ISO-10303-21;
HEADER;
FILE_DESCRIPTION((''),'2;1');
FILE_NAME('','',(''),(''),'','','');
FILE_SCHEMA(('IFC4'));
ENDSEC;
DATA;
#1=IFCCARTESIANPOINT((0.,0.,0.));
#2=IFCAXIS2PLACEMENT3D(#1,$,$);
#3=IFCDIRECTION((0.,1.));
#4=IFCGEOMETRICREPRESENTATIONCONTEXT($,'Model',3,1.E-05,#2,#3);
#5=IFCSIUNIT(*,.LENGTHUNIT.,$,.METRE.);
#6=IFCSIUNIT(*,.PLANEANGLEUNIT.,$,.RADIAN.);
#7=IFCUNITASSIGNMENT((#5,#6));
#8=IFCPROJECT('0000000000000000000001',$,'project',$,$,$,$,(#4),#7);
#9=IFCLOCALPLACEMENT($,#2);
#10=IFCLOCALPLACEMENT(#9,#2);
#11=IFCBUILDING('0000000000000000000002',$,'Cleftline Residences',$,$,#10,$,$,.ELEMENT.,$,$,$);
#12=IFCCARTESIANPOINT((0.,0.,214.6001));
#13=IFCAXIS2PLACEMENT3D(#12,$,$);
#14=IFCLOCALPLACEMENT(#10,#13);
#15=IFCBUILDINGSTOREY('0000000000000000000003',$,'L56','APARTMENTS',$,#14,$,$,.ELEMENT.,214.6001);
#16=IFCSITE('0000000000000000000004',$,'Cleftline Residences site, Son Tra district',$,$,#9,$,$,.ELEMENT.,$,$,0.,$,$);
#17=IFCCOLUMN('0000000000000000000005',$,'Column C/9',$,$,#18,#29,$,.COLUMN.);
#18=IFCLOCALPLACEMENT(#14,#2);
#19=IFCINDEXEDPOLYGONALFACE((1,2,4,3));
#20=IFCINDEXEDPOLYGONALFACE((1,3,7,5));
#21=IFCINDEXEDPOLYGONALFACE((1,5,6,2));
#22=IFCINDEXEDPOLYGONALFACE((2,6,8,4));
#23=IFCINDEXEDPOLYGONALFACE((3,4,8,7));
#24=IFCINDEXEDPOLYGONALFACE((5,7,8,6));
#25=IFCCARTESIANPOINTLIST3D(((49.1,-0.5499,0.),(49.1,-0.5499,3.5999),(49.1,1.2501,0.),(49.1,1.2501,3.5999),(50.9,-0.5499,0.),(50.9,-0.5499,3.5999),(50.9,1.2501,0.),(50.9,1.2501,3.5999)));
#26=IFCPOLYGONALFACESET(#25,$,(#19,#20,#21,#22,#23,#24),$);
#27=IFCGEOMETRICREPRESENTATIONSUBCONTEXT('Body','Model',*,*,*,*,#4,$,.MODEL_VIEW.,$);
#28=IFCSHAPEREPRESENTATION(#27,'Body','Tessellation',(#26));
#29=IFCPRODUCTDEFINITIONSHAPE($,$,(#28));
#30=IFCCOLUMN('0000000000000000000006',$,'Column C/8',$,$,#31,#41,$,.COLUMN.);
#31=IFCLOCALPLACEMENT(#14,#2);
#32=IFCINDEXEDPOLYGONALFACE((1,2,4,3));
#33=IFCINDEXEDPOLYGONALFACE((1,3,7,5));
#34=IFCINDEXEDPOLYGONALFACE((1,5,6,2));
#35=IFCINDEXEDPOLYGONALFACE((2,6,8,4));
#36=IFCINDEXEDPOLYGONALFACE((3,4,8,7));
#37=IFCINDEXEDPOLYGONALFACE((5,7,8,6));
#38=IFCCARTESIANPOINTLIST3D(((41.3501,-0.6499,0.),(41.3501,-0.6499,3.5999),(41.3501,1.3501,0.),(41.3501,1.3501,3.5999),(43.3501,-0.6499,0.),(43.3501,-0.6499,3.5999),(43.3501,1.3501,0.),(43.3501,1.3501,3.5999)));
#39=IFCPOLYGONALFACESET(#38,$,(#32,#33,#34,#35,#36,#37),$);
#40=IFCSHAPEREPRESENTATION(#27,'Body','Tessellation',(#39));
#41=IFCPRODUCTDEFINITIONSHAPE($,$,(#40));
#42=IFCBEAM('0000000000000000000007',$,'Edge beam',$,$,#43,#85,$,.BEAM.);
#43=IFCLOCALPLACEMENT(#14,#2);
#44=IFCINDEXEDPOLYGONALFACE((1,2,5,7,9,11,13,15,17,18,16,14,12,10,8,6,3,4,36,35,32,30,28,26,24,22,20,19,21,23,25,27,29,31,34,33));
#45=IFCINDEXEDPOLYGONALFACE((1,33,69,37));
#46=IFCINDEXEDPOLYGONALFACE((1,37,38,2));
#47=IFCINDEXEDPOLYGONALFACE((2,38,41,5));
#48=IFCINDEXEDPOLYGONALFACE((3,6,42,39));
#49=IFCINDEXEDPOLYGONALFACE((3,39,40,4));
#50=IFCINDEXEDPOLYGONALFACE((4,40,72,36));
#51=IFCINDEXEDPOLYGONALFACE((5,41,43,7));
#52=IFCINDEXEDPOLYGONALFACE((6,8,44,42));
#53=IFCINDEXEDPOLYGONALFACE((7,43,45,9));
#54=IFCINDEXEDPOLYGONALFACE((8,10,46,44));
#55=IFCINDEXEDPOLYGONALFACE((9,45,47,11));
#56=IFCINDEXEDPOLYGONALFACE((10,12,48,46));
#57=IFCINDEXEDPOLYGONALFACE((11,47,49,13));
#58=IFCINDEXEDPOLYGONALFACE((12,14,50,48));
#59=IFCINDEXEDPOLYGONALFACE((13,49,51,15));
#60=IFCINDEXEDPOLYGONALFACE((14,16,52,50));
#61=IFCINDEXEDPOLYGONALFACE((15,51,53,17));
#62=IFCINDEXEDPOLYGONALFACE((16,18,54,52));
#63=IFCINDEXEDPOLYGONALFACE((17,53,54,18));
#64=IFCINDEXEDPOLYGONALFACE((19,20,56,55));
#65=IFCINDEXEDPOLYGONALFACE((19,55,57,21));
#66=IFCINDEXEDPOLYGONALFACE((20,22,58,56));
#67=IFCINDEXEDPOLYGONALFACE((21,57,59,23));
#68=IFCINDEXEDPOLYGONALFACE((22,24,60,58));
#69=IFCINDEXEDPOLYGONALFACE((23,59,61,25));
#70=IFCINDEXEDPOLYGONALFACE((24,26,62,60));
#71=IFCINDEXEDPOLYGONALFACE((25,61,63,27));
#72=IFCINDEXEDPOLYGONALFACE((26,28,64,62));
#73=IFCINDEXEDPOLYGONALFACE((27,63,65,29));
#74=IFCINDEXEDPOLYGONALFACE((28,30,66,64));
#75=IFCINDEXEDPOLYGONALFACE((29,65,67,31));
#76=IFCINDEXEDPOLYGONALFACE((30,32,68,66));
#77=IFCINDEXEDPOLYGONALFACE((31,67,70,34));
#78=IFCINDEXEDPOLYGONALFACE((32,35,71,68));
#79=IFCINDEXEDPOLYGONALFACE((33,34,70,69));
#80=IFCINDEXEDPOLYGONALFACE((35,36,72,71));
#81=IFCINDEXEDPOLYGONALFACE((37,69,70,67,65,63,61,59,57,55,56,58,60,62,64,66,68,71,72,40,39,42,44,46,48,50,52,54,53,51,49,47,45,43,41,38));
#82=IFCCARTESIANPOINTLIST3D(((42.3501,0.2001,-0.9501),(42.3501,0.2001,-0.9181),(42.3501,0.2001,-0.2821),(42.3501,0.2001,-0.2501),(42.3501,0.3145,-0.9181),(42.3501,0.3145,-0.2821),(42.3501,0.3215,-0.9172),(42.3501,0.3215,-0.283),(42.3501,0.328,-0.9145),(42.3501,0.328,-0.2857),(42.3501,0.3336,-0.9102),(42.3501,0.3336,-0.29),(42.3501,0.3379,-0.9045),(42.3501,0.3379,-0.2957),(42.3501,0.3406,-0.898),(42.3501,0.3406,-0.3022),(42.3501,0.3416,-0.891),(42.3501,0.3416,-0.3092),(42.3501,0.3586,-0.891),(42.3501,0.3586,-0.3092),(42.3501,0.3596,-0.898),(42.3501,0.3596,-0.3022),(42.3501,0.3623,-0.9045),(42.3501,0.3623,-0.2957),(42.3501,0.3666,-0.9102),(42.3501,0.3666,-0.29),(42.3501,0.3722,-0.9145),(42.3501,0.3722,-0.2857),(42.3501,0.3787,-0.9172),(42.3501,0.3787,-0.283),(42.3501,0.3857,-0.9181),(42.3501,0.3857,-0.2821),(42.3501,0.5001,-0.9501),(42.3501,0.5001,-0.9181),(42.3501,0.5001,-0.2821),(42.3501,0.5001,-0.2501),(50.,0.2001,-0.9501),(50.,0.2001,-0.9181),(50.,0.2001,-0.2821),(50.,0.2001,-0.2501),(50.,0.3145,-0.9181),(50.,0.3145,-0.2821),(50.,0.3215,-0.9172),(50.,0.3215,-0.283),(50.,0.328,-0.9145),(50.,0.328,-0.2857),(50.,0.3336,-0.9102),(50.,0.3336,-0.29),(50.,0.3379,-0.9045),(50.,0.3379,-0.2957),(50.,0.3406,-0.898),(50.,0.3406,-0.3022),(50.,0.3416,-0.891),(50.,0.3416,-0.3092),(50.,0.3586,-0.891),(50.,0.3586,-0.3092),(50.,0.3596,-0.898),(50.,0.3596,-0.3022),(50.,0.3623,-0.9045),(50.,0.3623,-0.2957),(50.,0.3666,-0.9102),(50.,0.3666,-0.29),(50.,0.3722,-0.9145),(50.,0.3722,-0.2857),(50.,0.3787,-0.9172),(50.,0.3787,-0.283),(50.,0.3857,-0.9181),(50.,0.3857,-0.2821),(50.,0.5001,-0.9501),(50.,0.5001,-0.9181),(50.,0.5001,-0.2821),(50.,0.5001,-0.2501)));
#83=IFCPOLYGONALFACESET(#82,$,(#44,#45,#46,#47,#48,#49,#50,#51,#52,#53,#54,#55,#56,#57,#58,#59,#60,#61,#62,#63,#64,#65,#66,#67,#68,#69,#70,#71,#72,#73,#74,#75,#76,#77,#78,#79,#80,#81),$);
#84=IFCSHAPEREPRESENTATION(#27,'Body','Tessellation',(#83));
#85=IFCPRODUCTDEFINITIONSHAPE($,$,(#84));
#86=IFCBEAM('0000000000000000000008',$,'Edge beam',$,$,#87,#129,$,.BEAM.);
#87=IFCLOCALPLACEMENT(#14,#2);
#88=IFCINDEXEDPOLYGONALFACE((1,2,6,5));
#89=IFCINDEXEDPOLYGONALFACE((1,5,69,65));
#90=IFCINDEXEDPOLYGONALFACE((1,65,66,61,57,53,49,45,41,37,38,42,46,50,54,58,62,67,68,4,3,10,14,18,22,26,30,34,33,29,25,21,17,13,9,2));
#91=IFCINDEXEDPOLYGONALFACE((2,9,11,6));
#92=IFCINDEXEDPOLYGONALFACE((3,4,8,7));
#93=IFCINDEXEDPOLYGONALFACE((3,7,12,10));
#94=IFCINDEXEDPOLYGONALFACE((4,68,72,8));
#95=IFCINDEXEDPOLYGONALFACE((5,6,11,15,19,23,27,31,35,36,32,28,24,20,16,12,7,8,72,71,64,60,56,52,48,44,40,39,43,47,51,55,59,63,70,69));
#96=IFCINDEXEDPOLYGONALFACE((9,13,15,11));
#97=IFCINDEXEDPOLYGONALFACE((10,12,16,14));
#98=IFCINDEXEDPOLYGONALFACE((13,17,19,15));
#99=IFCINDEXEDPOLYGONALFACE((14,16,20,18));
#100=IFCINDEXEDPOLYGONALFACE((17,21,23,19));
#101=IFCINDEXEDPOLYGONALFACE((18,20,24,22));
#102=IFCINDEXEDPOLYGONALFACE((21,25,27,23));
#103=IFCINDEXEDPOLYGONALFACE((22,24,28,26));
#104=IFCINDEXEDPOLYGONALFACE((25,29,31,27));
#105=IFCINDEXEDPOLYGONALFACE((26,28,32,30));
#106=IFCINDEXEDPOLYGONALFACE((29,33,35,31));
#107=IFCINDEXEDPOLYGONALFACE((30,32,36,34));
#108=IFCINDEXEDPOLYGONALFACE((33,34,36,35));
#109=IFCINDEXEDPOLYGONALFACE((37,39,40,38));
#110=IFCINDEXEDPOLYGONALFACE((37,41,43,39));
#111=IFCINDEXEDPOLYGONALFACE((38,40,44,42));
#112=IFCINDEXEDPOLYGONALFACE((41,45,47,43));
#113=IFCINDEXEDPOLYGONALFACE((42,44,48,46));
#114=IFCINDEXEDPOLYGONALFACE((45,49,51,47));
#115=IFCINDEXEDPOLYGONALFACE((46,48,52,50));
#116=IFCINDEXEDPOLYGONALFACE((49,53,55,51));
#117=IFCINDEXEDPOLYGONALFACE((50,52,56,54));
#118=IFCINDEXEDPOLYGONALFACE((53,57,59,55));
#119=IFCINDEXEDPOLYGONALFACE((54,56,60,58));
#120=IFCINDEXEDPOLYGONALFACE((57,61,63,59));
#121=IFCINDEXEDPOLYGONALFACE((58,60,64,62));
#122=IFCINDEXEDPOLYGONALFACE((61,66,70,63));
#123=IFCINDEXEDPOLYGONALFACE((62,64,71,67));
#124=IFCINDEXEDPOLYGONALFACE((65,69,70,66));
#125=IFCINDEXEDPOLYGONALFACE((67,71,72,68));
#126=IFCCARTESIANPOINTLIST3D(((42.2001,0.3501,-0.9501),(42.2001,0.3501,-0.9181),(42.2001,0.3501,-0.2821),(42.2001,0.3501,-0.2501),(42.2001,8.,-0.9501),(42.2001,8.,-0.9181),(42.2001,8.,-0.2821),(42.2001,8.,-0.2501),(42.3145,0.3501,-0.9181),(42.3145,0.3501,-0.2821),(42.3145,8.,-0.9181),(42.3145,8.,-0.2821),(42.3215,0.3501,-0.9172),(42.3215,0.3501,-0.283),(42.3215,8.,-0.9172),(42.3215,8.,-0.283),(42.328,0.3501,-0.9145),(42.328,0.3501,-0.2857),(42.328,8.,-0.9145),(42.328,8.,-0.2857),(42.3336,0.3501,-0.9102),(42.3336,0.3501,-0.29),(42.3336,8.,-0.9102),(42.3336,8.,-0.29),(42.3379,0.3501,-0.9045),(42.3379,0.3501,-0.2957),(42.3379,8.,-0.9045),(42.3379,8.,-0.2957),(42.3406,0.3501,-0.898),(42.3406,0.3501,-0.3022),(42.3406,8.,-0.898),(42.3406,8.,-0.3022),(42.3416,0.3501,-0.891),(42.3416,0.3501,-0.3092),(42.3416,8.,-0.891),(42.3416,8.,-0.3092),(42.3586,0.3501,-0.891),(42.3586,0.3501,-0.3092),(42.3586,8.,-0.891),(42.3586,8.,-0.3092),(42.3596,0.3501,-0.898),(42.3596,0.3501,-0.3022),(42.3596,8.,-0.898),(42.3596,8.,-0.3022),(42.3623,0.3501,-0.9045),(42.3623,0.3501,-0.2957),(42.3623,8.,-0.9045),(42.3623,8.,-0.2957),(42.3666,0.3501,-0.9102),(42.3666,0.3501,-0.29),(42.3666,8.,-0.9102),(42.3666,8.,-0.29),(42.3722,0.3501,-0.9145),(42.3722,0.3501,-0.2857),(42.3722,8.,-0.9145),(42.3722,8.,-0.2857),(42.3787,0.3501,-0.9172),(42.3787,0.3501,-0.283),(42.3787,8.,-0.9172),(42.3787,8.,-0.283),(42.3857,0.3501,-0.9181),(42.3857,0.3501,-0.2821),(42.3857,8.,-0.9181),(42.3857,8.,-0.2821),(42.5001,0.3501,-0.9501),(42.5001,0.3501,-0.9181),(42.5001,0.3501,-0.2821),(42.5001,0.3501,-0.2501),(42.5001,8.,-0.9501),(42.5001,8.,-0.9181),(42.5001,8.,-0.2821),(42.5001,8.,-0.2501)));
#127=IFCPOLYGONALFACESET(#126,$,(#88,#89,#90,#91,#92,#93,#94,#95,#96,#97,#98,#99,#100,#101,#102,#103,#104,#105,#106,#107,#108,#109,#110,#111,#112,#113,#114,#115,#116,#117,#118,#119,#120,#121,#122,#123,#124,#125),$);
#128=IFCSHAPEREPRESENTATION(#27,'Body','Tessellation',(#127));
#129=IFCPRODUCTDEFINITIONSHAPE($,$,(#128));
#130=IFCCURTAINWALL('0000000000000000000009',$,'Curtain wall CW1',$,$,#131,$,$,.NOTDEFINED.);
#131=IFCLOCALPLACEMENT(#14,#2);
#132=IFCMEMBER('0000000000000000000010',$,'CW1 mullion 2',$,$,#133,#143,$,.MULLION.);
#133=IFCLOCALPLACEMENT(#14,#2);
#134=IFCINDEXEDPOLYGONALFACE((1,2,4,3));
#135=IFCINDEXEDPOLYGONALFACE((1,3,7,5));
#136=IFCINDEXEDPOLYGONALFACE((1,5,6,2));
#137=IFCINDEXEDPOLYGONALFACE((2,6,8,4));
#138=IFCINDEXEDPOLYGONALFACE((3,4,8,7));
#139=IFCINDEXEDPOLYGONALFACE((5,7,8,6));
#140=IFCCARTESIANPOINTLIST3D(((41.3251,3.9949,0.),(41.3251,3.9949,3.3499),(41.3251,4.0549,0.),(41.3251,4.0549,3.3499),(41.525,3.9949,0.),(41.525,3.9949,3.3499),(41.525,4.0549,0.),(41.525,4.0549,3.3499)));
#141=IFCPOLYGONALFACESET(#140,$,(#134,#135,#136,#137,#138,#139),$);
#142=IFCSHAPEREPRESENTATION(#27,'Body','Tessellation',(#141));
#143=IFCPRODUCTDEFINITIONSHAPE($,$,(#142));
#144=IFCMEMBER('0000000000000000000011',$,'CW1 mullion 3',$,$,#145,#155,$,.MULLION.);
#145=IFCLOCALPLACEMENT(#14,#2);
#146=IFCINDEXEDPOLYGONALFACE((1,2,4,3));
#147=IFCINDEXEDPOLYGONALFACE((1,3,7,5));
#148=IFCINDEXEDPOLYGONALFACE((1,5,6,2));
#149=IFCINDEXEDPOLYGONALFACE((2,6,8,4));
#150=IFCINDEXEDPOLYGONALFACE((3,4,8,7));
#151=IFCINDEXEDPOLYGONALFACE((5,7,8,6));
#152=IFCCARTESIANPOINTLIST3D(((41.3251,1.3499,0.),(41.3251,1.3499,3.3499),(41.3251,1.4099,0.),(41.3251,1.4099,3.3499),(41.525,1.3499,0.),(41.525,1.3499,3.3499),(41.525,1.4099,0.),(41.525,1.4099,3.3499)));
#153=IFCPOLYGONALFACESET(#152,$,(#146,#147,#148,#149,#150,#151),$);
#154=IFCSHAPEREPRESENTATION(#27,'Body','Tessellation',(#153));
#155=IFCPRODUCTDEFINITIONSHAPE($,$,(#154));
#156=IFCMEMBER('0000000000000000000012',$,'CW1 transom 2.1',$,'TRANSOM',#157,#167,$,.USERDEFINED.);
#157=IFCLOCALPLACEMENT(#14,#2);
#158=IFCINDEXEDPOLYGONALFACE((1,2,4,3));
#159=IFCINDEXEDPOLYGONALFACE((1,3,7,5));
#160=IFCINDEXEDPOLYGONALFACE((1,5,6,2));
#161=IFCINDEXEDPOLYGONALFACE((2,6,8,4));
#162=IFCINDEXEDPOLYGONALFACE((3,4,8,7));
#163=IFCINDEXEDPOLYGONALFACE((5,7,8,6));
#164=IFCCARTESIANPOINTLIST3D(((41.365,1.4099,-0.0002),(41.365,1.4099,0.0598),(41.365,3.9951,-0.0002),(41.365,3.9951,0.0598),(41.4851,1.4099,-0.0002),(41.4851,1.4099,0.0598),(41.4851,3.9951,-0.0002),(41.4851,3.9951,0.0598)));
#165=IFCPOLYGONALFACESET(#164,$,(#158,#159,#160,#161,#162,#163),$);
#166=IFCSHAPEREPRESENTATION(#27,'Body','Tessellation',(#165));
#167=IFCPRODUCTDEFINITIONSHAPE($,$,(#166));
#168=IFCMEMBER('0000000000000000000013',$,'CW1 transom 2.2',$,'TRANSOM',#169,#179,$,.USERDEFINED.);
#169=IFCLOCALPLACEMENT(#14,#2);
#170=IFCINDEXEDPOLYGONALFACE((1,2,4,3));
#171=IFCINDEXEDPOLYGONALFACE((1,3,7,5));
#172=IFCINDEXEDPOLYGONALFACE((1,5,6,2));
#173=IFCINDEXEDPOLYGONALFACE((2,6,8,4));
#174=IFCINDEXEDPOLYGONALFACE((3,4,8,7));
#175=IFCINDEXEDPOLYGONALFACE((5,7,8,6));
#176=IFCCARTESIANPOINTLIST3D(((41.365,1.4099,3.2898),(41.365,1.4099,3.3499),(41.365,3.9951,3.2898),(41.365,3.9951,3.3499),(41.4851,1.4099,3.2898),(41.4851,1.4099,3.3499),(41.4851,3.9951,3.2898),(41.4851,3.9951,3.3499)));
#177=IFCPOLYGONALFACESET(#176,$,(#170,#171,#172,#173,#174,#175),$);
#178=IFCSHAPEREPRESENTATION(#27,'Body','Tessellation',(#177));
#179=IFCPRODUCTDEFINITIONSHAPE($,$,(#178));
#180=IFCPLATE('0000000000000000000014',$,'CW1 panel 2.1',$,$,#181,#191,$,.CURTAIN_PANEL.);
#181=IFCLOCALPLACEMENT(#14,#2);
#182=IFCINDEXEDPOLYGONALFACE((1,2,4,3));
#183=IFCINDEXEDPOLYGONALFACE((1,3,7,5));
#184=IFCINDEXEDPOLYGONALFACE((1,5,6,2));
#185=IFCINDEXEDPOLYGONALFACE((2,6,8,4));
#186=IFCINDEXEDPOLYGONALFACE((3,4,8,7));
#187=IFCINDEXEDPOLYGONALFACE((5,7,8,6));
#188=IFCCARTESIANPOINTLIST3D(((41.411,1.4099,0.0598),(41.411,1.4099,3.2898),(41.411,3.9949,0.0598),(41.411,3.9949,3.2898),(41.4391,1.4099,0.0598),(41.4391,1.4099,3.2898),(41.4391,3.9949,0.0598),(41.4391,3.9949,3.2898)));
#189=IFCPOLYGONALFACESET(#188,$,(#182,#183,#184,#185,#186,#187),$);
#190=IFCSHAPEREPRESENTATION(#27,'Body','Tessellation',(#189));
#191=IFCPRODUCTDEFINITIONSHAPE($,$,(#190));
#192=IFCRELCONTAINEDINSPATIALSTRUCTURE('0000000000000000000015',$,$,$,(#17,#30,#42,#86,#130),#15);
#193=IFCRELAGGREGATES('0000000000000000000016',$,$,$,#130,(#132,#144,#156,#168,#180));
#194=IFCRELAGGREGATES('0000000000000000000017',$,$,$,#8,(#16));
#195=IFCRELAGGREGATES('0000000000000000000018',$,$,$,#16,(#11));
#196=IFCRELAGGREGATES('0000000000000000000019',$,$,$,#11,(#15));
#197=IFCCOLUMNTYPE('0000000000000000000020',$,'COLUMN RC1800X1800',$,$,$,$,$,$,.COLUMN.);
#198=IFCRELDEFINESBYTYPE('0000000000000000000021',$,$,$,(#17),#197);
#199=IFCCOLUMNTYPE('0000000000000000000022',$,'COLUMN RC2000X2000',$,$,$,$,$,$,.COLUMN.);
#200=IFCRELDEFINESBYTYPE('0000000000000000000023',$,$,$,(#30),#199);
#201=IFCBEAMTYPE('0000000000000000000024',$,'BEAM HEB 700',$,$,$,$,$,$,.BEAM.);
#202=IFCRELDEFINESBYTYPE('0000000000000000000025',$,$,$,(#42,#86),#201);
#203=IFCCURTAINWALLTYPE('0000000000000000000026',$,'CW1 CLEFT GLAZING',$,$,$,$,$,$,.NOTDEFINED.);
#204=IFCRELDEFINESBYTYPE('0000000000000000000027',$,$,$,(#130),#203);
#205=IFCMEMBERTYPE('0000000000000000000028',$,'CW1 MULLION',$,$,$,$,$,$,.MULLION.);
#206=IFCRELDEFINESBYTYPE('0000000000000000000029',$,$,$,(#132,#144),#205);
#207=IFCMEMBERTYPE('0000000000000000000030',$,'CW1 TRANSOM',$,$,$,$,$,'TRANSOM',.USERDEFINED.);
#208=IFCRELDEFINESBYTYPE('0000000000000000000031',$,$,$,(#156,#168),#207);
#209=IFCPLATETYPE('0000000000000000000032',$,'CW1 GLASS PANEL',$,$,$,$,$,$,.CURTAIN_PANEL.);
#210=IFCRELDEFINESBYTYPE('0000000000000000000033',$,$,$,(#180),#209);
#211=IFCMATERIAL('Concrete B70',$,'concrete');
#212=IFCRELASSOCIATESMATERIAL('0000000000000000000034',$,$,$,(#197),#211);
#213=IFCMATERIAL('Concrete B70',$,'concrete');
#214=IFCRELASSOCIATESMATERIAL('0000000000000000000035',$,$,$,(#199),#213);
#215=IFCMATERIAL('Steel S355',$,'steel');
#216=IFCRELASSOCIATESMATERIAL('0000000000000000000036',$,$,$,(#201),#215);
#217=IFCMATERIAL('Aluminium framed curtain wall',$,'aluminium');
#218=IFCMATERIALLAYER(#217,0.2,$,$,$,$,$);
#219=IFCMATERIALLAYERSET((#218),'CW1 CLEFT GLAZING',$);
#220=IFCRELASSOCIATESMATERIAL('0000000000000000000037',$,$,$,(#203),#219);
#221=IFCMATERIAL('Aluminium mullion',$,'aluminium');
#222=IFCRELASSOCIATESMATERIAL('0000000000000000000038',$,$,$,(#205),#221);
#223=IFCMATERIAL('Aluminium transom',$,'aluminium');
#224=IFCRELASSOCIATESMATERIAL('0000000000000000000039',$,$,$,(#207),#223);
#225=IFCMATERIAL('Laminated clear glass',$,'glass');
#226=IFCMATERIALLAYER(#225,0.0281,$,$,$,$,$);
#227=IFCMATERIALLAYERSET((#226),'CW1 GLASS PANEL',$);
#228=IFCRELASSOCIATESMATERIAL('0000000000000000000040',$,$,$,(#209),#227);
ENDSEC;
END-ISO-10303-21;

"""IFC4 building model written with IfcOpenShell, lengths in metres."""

from ifc_helpers import new_model, si_unit, direction, frame, origin, origin_2d, place, context, subcontext, project, spatial, rectangle, i_section, extrude, material, layer, layer_set, material_profile, profile_set, type_object, element, aggregate, save


model = new_model("IFC4")

# Units and contexts
model_context = context("Model", 3, precision=1e-05, world=origin(), true_north=direction((0.0, 1.0)))
body_context = subcontext(model_context, "Body", "Model", "MODEL_VIEW")
ifc_project = project(units=[si_unit("LENGTHUNIT", "METRE"), si_unit("PLANEANGLEUNIT", "RADIAN")], contexts=[model_context])

# Site, building, storey
site_placement = place(None, origin())
site = spatial("IfcSite", under=ifc_project, at=site_placement, Name="Cleftline Residences site, Son Tra district", CompositionType="ELEMENT", RefElevation=0.0)
building_placement = place(site_placement, origin())
building = spatial("IfcBuilding", under=site, at=building_placement, Name="Cleftline Residences", CompositionType="ELEMENT")
storey_placement = place(building_placement, frame((0.0, 0.0, 214.6001)))
storey = spatial("IfcBuildingStorey", under=building, at=storey_placement, Name="L56", Description="APARTMENTS", CompositionType="ELEMENT", Elevation=214.6001)

# Columns
ifc_material_1 = material(Name="Concrete B70", Category="concrete")
ifc_material_profile_1 = material_profile(ifc_material_1, rectangle(XDim=1.8, YDim=1.8, at=origin_2d()))
ifc_profile_set_1 = profile_set([ifc_material_profile_1], Name="Concrete B70")
column_type_1 = type_object("IfcColumnType", Name="COLUMN RC1800X1800", PredefinedType="COLUMN", material=ifc_profile_set_1)
column_1_placement = place(storey_placement, frame((50.0, 0.3501, 0.0), z_axis=(0.0, 0.0, 1.0), x_axis=(1.0, 0.0, 0.0)))
element("IfcColumn", 1, at=column_1_placement, inside=storey, type_object=column_type_1, Name="Column C/9", PredefinedType="COLUMN", context=body_context, shape_type="SweptSolid", body=[
    extrude(rectangle(XDim=1.8, YDim=1.8, at=origin_2d()), origin(), (0.0, 0.0, 1.0), 3.5999),
])
ifc_material_2 = material(Name="Concrete B70", Category="concrete")
ifc_material_profile_2 = material_profile(ifc_material_2, rectangle(XDim=2.0, YDim=2.0, at=origin_2d()))
ifc_profile_set_2 = profile_set([ifc_material_profile_2], Name="Concrete B70")
column_type_2 = type_object("IfcColumnType", Name="COLUMN RC2000X2000", PredefinedType="COLUMN", material=ifc_profile_set_2)
column_2_placement = place(storey_placement, frame((42.3501, 0.3501, 0.0), z_axis=(0.0, 0.0, 1.0), x_axis=(1.0, 0.0, 0.0)))
element("IfcColumn", 2, at=column_2_placement, inside=storey, type_object=column_type_2, Name="Column C/8", PredefinedType="COLUMN", context=body_context, shape_type="SweptSolid", body=[
    extrude(rectangle(XDim=2.0, YDim=2.0, at=origin_2d()), origin(), (0.0, 0.0, 1.0), 3.5999),
])

# Beams
ifc_material_3 = material(Name="Steel S355", Category="steel")
ifc_material_profile_3 = material_profile(ifc_material_3, i_section(OverallWidth=0.3, OverallDepth=0.7, WebThickness=0.0171, FlangeThickness=0.032, FilletRadius=0.0271, at=origin_2d()))
ifc_profile_set_3 = profile_set([ifc_material_profile_3], Name="Steel S355")
beam_type = type_object("IfcBeamType", Name="BEAM HEB 700", PredefinedType="BEAM", material=ifc_profile_set_3)
for number, where, z_axis, x_axis, name in (
    (3, (50.0, 0.3501, -0.6001), (-1.0, 0.0, 0.0), (0.0, -1.0, 0.0), "Edge beam"),
    (4, (42.3501, 0.3501, -0.6001), (0.0, 1.0, 0.0), (-1.0, 0.0, 0.0), "Edge beam"),
):
    element("IfcBeam", number, at=place(storey_placement, frame(where, z_axis=z_axis, x_axis=x_axis)), inside=storey, type_object=beam_type, Name=name, PredefinedType="BEAM", context=body_context, shape_type="SweptSolid", body=[
        extrude(i_section(OverallWidth=0.3, OverallDepth=0.7, WebThickness=0.0171, FlangeThickness=0.032, FilletRadius=0.0271, at=origin_2d()), origin(), (0.0, 0.0, 1.0), 7.6499),
    ])

# Curtain wall, members, plate
ifc_material_4 = material(Name="Aluminium framed curtain wall", Category="aluminium")
ifc_layer_1 = layer(ifc_material_4, 0.2)
ifc_layer_set_1 = layer_set([ifc_layer_1], Name="CW1 CLEFT GLAZING")
curtain_wall_type = type_object("IfcCurtainWallType", Name="CW1 CLEFT GLAZING", PredefinedType="NOTDEFINED", material=ifc_layer_set_1)
curtain_wall_placement = place(storey_placement, origin())
curtain_wall = element("IfcCurtainWall", 5, at=curtain_wall_placement, inside=storey, type_object=curtain_wall_type, Name="Curtain wall CW1", PredefinedType="NOTDEFINED")
ifc_material_5 = material(Name="Aluminium mullion", Category="aluminium")
ifc_material_profile_4 = material_profile(ifc_material_5, rectangle(XDim=0.2, YDim=0.0601, at=origin_2d()))
ifc_profile_set_4 = profile_set([ifc_material_profile_4], Name="Aluminium mullion")
member_type_1 = type_object("IfcMemberType", Name="CW1 MULLION", PredefinedType="MULLION", material=ifc_profile_set_4)
member_1_placement = place(storey_placement, frame((41.425, 4.0249, 0.0), z_axis=(0.0, 0.0, 1.0), x_axis=(1.0, 0.0, 0.0)))
member_1 = element("IfcMember", 6, at=member_1_placement, type_object=member_type_1, Name="CW1 mullion 2", PredefinedType="MULLION", context=body_context, shape_type="SweptSolid", body=[
    extrude(rectangle(XDim=0.2, YDim=0.0601, at=origin_2d()), origin(), (0.0, 0.0, 1.0), 3.3499),
])
member_2_placement = place(storey_placement, frame((41.425, 1.3799, 0.0), z_axis=(0.0, 0.0, 1.0), x_axis=(1.0, 0.0, 0.0)))
member_2 = element("IfcMember", 7, at=member_2_placement, type_object=member_type_1, Name="CW1 mullion 3", PredefinedType="MULLION", context=body_context, shape_type="SweptSolid", body=[
    extrude(rectangle(XDim=0.2, YDim=0.0601, at=origin_2d()), origin(), (0.0, 0.0, 1.0), 3.3499),
])
ifc_material_6 = material(Name="Aluminium transom", Category="aluminium")
ifc_material_profile_5 = material_profile(ifc_material_6, rectangle(XDim=0.1201, YDim=0.0601, at=origin_2d()))
ifc_profile_set_5 = profile_set([ifc_material_profile_5], Name="Aluminium transom")
member_type_2 = type_object("IfcMemberType", Name="CW1 TRANSOM", ElementType="TRANSOM", PredefinedType="USERDEFINED", material=ifc_profile_set_5)
member_3_placement = place(storey_placement, frame((41.425, 3.9951, 0.0298), z_axis=(0.0, -1.0, 0.0), x_axis=(1.0, 0.0, 0.0)))
member_3 = element("IfcMember", 8, at=member_3_placement, type_object=member_type_2, Name="CW1 transom 2.1", ObjectType="TRANSOM", PredefinedType="USERDEFINED", context=body_context, shape_type="SweptSolid", body=[
    extrude(rectangle(XDim=0.1201, YDim=0.0601, at=origin_2d()), origin(), (0.0, 0.0, 1.0), 2.5852),
])
member_4_placement = place(storey_placement, frame((41.425, 3.9951, 3.3198), z_axis=(0.0, -1.0, 0.0), x_axis=(1.0, 0.0, 0.0)))
member_4 = element("IfcMember", 9, at=member_4_placement, type_object=member_type_2, Name="CW1 transom 2.2", ObjectType="TRANSOM", PredefinedType="USERDEFINED", context=body_context, shape_type="SweptSolid", body=[
    extrude(rectangle(XDim=0.1201, YDim=0.0601, at=origin_2d()), origin(), (0.0, 0.0, 1.0), 2.5852),
])
ifc_material_7 = material(Name="Laminated clear glass", Category="glass")
ifc_layer_2 = layer(ifc_material_7, 0.0281)
ifc_layer_set_2 = layer_set([ifc_layer_2], Name="CW1 GLASS PANEL")
plate_type = type_object("IfcPlateType", Name="CW1 GLASS PANEL", PredefinedType="CURTAIN_PANEL", material=ifc_layer_set_2)
plate_placement = place(storey_placement, frame((41.425, 2.7024, 0.0598), z_axis=(0.0, 0.0, 1.0), x_axis=(0.0, -1.0, 0.0)))
plate = element("IfcPlate", 10, at=plate_placement, type_object=plate_type, Name="CW1 panel 2.1", PredefinedType="CURTAIN_PANEL", context=body_context, shape_type="SweptSolid", body=[
    extrude(rectangle(XDim=2.585, YDim=0.0281, at=origin_2d()), origin(), (0.0, 0.0, 1.0), 3.23),
])
aggregate(curtain_wall, [member_1, member_2, member_3, member_4, plate])

save(model, "model.ifc")
